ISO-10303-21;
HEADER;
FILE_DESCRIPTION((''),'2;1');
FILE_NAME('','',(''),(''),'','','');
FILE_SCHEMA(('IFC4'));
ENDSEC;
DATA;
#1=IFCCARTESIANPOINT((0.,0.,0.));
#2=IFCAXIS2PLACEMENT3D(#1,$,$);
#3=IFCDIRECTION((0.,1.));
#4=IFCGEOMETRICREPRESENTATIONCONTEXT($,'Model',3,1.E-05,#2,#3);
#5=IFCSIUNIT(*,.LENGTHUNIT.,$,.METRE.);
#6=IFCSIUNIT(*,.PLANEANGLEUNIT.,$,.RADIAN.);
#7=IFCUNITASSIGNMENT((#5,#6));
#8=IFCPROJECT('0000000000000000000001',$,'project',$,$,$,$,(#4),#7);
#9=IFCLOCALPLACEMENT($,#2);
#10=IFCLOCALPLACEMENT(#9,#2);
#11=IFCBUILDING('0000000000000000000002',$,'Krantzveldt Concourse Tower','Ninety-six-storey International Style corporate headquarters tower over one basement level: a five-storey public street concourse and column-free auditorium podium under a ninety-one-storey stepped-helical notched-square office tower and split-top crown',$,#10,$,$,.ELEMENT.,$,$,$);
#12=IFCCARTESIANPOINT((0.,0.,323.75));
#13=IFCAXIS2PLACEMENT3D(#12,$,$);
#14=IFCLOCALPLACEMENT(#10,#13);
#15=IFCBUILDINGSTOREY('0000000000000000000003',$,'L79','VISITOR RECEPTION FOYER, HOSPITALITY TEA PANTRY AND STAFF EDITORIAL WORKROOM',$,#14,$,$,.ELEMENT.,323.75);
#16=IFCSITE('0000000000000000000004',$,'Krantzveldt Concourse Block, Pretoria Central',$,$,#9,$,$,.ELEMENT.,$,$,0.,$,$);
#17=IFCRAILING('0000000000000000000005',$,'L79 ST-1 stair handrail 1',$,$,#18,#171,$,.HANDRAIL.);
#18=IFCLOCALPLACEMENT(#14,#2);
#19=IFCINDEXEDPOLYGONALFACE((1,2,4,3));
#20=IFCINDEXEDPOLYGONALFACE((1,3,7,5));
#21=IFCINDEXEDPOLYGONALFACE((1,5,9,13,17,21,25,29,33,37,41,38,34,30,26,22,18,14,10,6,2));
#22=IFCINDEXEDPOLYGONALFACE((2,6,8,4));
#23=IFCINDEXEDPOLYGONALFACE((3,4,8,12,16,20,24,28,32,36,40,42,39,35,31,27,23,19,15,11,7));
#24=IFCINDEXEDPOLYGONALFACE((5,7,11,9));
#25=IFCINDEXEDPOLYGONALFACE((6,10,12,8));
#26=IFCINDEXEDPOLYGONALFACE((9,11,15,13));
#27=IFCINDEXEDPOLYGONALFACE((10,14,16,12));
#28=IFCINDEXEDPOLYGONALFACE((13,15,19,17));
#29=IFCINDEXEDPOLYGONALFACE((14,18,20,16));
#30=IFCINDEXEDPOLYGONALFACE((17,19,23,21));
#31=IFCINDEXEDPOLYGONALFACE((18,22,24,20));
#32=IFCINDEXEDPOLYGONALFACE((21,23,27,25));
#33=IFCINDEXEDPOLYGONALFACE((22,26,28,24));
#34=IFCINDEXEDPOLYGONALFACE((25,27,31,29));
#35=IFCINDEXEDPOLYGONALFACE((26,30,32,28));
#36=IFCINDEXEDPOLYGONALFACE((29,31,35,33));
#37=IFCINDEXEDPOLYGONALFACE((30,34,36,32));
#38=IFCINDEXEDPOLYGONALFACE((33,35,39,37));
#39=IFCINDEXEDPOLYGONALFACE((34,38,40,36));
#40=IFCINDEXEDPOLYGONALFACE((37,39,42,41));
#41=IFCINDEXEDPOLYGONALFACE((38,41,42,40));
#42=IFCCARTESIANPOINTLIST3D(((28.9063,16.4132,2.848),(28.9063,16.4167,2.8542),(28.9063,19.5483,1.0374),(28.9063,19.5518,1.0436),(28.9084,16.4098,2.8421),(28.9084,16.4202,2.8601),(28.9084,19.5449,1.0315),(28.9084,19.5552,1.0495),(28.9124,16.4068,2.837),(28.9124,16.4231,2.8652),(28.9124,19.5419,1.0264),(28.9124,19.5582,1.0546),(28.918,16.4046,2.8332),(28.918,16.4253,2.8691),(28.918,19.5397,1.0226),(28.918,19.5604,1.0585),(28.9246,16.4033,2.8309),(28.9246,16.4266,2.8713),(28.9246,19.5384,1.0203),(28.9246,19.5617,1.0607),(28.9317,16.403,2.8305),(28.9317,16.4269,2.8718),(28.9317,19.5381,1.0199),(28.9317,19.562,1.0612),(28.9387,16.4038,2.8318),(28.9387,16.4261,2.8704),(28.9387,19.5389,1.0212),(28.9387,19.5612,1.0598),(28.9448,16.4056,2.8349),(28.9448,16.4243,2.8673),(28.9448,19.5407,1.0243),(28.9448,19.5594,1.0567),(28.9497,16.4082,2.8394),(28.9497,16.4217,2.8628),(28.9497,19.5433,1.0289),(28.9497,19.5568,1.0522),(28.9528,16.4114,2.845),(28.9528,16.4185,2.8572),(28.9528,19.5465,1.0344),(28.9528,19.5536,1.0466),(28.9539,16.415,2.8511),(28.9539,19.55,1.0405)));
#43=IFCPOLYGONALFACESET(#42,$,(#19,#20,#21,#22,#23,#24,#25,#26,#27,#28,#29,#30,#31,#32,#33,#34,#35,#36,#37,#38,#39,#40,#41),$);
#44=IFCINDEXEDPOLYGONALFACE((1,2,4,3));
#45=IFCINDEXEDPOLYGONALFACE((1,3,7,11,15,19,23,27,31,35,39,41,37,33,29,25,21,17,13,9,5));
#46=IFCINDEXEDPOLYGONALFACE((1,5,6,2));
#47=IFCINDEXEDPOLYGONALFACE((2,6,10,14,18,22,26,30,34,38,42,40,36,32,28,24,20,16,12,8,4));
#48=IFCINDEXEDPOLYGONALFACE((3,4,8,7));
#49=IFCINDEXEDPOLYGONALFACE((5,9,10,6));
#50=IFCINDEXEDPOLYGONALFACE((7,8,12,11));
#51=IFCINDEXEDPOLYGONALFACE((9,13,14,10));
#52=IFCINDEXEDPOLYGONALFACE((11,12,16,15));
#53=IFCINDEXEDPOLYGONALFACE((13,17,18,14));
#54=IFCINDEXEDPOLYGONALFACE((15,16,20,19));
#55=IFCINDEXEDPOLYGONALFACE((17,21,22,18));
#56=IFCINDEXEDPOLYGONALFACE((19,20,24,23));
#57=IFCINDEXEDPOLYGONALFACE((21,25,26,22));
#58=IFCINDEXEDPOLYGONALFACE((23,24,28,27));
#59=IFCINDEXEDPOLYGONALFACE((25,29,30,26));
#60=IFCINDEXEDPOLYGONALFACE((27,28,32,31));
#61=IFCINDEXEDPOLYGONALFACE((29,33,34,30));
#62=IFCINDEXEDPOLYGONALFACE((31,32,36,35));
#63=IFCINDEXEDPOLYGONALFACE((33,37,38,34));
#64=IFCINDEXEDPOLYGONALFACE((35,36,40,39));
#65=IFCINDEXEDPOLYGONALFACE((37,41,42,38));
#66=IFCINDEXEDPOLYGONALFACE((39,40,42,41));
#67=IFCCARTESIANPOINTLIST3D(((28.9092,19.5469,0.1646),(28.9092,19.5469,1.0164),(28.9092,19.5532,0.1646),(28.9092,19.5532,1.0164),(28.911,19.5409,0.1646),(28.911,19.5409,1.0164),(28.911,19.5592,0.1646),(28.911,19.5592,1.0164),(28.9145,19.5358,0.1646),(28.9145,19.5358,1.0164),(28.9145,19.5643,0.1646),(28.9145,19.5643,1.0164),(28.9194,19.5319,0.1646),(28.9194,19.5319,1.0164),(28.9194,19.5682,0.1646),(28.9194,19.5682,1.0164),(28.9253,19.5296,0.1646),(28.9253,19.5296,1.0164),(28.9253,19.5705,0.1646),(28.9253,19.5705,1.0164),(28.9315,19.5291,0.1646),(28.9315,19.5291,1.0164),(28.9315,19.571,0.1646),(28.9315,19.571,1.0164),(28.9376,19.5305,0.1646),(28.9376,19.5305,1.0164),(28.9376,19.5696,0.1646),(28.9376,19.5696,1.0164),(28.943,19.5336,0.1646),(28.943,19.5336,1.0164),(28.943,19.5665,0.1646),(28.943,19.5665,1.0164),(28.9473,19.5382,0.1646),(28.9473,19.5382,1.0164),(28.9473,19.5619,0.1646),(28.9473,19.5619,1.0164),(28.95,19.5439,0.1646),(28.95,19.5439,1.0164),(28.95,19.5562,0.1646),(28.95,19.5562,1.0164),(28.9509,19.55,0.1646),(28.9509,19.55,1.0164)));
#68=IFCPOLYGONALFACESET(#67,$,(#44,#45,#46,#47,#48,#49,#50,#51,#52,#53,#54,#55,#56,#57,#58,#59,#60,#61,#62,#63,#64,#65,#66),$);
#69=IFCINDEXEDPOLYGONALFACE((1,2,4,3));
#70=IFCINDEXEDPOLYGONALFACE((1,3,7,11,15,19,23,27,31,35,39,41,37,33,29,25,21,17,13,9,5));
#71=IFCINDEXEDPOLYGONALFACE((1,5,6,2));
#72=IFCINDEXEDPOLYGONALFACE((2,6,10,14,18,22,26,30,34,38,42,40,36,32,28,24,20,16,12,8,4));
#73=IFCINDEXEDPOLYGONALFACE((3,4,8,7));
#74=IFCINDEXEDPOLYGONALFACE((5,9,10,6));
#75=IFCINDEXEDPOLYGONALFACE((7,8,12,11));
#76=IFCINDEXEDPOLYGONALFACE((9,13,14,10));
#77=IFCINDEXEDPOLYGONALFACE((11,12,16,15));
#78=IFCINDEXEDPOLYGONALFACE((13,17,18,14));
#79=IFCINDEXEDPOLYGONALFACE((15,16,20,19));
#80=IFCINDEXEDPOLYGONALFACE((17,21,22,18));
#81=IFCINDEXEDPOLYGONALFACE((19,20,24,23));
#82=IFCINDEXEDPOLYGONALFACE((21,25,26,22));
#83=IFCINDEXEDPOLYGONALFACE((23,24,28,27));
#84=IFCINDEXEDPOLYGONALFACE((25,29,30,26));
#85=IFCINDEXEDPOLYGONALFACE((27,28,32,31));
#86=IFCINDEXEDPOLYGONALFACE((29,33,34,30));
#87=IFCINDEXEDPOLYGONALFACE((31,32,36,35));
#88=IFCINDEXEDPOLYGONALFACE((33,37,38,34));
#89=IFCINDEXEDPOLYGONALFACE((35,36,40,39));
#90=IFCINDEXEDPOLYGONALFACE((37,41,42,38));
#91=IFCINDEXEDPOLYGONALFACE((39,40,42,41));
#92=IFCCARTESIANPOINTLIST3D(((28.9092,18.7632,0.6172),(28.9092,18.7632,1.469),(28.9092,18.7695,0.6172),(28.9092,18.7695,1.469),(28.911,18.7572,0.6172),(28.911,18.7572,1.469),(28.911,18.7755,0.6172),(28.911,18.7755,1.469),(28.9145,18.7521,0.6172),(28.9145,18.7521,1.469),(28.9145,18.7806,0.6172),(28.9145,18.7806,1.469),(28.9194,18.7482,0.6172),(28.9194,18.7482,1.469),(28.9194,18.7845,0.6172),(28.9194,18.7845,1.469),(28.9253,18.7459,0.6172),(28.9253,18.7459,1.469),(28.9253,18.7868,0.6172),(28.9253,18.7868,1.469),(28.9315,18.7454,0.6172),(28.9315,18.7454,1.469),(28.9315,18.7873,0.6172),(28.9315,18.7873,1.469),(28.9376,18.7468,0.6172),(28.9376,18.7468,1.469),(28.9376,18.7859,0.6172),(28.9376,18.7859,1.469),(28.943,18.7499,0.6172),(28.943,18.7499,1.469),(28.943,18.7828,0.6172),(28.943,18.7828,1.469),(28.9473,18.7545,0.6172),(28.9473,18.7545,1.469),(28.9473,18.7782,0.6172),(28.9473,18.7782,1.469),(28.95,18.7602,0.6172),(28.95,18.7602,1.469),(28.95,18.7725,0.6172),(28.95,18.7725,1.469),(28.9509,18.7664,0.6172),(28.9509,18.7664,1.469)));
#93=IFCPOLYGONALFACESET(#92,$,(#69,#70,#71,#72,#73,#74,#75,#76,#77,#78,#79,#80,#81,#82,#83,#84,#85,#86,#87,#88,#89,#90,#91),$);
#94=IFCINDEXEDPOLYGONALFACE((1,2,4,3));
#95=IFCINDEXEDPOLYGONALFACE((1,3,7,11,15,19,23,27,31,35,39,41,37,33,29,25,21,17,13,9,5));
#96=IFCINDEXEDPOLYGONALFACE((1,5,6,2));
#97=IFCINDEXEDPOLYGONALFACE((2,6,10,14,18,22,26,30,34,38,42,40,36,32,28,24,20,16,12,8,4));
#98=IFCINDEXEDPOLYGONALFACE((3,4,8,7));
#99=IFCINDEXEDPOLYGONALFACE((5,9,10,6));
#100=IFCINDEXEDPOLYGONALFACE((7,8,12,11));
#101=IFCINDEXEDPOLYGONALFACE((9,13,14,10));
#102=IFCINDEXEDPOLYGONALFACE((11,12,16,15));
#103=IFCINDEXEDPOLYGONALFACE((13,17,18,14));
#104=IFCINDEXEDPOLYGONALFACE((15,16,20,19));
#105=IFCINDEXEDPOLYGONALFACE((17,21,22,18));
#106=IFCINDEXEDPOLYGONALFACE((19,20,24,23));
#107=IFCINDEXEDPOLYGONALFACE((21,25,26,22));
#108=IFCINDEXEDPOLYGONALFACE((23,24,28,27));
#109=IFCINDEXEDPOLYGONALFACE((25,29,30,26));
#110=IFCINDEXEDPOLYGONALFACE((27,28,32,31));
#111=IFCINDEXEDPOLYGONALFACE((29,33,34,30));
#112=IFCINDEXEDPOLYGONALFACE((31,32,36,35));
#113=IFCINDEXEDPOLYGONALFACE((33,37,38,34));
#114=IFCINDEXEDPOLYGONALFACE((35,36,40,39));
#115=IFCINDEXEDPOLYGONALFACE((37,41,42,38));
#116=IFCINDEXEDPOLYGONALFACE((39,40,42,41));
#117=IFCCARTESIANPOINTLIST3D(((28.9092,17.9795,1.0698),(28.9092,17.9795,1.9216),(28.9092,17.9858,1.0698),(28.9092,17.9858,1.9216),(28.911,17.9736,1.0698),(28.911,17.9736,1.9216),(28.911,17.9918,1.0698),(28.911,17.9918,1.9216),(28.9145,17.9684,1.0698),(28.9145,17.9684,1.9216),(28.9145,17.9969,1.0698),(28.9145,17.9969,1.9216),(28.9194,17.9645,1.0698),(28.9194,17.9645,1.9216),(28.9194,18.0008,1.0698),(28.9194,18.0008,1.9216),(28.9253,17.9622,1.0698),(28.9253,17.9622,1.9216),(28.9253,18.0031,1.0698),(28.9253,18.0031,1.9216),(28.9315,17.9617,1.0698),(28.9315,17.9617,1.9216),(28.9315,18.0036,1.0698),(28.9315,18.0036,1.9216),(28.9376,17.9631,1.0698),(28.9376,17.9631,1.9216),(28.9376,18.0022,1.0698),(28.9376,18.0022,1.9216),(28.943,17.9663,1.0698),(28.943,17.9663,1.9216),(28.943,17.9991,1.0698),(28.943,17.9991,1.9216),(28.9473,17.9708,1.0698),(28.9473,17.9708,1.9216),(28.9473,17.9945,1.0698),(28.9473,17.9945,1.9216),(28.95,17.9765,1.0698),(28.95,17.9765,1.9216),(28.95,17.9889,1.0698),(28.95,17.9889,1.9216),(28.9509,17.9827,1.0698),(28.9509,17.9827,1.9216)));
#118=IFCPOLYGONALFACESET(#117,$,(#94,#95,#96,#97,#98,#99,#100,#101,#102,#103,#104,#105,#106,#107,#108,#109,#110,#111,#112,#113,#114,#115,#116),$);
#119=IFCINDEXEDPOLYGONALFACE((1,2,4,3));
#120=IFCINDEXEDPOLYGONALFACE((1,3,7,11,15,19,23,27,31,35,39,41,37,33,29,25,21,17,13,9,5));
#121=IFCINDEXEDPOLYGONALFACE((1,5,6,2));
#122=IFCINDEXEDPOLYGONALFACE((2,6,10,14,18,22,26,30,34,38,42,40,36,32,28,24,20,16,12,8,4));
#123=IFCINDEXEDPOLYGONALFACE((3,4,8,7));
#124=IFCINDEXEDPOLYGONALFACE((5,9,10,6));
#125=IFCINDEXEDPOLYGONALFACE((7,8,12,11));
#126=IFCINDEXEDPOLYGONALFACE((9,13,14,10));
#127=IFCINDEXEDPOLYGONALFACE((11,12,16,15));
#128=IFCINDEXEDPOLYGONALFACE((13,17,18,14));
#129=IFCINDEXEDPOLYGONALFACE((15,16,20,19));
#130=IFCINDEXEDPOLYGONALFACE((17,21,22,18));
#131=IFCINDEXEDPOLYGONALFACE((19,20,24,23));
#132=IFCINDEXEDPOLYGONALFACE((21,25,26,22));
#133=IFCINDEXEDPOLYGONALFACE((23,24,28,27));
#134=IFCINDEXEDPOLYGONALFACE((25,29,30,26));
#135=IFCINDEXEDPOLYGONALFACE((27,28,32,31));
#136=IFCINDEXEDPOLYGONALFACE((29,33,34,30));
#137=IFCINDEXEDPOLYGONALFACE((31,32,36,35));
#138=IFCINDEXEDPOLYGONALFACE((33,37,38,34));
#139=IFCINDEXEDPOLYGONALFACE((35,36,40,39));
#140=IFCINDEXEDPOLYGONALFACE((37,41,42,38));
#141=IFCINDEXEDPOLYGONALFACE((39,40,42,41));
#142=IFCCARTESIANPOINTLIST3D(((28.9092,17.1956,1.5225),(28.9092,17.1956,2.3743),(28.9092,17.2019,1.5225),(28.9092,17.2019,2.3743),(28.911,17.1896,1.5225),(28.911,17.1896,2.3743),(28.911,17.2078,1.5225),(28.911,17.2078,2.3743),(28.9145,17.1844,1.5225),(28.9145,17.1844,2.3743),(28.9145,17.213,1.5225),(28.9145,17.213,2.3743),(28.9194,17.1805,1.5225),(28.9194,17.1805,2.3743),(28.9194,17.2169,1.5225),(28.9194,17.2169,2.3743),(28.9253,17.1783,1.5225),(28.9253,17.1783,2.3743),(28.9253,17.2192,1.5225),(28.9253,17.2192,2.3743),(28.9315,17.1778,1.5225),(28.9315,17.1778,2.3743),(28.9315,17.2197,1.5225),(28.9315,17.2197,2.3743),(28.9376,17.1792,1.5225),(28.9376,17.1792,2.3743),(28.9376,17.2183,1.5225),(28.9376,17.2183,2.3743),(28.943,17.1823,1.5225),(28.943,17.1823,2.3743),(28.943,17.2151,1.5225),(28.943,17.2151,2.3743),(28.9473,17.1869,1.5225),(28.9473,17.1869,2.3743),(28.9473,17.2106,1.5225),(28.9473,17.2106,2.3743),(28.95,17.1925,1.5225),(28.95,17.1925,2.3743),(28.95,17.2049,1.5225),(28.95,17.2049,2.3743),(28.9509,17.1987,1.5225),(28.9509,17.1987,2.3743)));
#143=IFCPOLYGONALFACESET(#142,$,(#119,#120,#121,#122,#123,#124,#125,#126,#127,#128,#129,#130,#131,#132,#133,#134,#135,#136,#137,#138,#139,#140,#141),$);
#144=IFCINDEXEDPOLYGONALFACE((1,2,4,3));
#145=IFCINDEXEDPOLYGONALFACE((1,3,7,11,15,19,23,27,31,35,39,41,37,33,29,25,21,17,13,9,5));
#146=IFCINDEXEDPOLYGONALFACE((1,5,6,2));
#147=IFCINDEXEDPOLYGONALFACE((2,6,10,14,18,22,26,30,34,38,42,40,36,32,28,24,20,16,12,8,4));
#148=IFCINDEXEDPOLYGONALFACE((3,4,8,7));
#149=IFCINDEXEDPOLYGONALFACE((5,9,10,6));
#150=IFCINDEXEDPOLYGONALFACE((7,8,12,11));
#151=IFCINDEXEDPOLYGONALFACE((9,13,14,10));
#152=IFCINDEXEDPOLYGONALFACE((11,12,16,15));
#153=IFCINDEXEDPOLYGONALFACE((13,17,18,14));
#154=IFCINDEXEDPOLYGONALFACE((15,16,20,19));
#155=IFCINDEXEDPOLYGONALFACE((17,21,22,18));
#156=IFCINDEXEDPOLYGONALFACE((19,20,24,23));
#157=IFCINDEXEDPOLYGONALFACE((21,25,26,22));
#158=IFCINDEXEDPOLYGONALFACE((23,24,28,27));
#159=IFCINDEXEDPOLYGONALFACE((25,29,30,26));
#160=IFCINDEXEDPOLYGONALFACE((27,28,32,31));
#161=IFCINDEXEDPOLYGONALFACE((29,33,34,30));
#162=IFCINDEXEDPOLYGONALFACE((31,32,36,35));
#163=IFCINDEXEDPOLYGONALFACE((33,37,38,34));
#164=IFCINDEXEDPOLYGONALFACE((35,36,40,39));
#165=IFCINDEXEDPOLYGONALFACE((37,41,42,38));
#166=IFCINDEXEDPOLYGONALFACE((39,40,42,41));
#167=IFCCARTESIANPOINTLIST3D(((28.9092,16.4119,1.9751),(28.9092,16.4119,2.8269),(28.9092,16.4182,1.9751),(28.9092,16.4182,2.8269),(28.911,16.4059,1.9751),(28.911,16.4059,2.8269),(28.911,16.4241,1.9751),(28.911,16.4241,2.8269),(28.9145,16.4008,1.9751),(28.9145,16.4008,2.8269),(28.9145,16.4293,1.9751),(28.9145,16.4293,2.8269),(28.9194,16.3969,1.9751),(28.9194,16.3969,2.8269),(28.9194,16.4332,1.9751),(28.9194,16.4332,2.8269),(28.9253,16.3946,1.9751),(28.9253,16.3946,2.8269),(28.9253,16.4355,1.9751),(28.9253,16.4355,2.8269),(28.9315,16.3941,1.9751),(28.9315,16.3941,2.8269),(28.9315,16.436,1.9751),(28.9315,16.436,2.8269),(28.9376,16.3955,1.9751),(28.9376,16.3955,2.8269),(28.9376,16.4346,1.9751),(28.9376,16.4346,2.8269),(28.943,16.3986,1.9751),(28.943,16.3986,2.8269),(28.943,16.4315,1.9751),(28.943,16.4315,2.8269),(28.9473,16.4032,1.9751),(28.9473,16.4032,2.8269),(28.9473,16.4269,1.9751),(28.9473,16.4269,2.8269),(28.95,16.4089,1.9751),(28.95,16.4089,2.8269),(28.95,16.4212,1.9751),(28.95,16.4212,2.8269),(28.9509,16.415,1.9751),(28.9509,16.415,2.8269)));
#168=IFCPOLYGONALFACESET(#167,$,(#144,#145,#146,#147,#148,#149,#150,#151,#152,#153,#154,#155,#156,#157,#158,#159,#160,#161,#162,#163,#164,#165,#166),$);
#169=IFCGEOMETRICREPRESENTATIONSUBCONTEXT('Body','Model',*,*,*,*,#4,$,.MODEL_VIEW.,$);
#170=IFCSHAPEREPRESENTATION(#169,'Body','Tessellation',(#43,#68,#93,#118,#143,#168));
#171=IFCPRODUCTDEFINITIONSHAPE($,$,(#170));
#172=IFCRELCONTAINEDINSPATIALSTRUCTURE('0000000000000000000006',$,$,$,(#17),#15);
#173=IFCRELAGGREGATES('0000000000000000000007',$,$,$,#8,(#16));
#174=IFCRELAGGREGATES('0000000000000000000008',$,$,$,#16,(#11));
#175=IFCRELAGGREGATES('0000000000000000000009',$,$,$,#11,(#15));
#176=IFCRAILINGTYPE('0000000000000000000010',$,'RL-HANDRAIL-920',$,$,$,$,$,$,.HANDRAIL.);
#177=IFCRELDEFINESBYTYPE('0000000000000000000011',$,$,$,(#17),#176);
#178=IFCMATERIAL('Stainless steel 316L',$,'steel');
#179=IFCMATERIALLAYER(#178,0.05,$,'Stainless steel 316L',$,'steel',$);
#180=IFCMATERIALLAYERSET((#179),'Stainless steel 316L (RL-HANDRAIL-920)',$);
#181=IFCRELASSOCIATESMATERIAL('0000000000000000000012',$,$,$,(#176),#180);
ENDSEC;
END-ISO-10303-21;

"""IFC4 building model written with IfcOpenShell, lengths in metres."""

from ifc_helpers import new_model, si_unit, direction, frame, origin, origin_2d, place, context, subcontext, project, spatial, circle, extrude, material, layer, layer_set, type_object, element, save


model = new_model("IFC4")

# Units and contexts
model_context = context("Model", 3, precision=1e-05, world=origin(), true_north=direction((0.0, 1.0)))
body_context = subcontext(model_context, "Body", "Model", "MODEL_VIEW")
ifc_project = project(units=[si_unit("LENGTHUNIT", "METRE"), si_unit("PLANEANGLEUNIT", "RADIAN")], contexts=[model_context])

# Site, building, storey
site_placement = place(None, origin())
site = spatial("IfcSite", under=ifc_project, at=site_placement, Name="Krantzveldt Concourse Block, Pretoria Central", CompositionType="ELEMENT", RefElevation=0.0)
building_placement = place(site_placement, origin())
building = spatial("IfcBuilding", under=site, at=building_placement, Name="Krantzveldt Concourse Tower", Description="Ninety-six-storey International Style corporate headquarters tower over one basement level: a five-storey public street concourse and column-free auditorium podium under a ninety-one-storey stepped-helical notched-square office tower and split-top crown", CompositionType="ELEMENT")
storey_placement = place(building_placement, frame((0.0, 0.0, 323.75)))
storey = spatial("IfcBuildingStorey", under=building, at=storey_placement, Name="L79", Description="VISITOR RECEPTION FOYER, HOSPITALITY TEA PANTRY AND STAFF EDITORIAL WORKROOM", CompositionType="ELEMENT", Elevation=323.75)

# Shared definitions
ifc_material_1 = material(Name="Stainless steel 316L", Category="steel")

# Railing
ifc_layer_1 = layer(ifc_material_1, 0.05, Name="Stainless steel 316L", Category="steel")
ifc_layer_set_1 = layer_set([ifc_layer_1], Name="Stainless steel 316L (RL-HANDRAIL-920)")
railing_type_1 = type_object("IfcRailingType", Name="RL-HANDRAIL-920", PredefinedType="HANDRAIL", material=ifc_layer_set_1)
railing_1_placement = place(storey_placement, frame((28.9299, 19.55, 0.1646)))
element("IfcRailing", 1, at=railing_1_placement, inside=storey, type_object=railing_type_1, Name="L79 ST-1 stair handrail 1", PredefinedType="HANDRAIL", context=body_context, shape_type="SweptSolid", body=[
    extrude(circle(Radius=0.0239, at=origin_2d()), frame((0.0, 0.0, 0.876), z_axis=(0.0, -0.86596, 0.500114), x_axis=(1.0, 0.0, 0.0)), (0.0, 0.0, 1.0), 3.6204),
    extrude(circle(Radius=0.021, at=origin_2d()), origin(), (0.0, 0.0, 1.0), 0.8518),
    extrude(circle(Radius=0.021, at=origin_2d()), frame((0.0, -0.7837, 0.4526)), (0.0, 0.0, 1.0), 0.8518),
    extrude(circle(Radius=0.021, at=origin_2d()), frame((0.0, -1.5674, 0.9053)), (0.0, 0.0, 1.0), 0.8518),
    extrude(circle(Radius=0.021, at=origin_2d()), frame((0.0, -2.3513, 1.3579)), (0.0, 0.0, 1.0), 0.8518),
    extrude(circle(Radius=0.021, at=origin_2d()), frame((0.0, -3.135, 1.8105)), (0.0, 0.0, 1.0), 0.8518),
])

save(model, "model.ifc")
